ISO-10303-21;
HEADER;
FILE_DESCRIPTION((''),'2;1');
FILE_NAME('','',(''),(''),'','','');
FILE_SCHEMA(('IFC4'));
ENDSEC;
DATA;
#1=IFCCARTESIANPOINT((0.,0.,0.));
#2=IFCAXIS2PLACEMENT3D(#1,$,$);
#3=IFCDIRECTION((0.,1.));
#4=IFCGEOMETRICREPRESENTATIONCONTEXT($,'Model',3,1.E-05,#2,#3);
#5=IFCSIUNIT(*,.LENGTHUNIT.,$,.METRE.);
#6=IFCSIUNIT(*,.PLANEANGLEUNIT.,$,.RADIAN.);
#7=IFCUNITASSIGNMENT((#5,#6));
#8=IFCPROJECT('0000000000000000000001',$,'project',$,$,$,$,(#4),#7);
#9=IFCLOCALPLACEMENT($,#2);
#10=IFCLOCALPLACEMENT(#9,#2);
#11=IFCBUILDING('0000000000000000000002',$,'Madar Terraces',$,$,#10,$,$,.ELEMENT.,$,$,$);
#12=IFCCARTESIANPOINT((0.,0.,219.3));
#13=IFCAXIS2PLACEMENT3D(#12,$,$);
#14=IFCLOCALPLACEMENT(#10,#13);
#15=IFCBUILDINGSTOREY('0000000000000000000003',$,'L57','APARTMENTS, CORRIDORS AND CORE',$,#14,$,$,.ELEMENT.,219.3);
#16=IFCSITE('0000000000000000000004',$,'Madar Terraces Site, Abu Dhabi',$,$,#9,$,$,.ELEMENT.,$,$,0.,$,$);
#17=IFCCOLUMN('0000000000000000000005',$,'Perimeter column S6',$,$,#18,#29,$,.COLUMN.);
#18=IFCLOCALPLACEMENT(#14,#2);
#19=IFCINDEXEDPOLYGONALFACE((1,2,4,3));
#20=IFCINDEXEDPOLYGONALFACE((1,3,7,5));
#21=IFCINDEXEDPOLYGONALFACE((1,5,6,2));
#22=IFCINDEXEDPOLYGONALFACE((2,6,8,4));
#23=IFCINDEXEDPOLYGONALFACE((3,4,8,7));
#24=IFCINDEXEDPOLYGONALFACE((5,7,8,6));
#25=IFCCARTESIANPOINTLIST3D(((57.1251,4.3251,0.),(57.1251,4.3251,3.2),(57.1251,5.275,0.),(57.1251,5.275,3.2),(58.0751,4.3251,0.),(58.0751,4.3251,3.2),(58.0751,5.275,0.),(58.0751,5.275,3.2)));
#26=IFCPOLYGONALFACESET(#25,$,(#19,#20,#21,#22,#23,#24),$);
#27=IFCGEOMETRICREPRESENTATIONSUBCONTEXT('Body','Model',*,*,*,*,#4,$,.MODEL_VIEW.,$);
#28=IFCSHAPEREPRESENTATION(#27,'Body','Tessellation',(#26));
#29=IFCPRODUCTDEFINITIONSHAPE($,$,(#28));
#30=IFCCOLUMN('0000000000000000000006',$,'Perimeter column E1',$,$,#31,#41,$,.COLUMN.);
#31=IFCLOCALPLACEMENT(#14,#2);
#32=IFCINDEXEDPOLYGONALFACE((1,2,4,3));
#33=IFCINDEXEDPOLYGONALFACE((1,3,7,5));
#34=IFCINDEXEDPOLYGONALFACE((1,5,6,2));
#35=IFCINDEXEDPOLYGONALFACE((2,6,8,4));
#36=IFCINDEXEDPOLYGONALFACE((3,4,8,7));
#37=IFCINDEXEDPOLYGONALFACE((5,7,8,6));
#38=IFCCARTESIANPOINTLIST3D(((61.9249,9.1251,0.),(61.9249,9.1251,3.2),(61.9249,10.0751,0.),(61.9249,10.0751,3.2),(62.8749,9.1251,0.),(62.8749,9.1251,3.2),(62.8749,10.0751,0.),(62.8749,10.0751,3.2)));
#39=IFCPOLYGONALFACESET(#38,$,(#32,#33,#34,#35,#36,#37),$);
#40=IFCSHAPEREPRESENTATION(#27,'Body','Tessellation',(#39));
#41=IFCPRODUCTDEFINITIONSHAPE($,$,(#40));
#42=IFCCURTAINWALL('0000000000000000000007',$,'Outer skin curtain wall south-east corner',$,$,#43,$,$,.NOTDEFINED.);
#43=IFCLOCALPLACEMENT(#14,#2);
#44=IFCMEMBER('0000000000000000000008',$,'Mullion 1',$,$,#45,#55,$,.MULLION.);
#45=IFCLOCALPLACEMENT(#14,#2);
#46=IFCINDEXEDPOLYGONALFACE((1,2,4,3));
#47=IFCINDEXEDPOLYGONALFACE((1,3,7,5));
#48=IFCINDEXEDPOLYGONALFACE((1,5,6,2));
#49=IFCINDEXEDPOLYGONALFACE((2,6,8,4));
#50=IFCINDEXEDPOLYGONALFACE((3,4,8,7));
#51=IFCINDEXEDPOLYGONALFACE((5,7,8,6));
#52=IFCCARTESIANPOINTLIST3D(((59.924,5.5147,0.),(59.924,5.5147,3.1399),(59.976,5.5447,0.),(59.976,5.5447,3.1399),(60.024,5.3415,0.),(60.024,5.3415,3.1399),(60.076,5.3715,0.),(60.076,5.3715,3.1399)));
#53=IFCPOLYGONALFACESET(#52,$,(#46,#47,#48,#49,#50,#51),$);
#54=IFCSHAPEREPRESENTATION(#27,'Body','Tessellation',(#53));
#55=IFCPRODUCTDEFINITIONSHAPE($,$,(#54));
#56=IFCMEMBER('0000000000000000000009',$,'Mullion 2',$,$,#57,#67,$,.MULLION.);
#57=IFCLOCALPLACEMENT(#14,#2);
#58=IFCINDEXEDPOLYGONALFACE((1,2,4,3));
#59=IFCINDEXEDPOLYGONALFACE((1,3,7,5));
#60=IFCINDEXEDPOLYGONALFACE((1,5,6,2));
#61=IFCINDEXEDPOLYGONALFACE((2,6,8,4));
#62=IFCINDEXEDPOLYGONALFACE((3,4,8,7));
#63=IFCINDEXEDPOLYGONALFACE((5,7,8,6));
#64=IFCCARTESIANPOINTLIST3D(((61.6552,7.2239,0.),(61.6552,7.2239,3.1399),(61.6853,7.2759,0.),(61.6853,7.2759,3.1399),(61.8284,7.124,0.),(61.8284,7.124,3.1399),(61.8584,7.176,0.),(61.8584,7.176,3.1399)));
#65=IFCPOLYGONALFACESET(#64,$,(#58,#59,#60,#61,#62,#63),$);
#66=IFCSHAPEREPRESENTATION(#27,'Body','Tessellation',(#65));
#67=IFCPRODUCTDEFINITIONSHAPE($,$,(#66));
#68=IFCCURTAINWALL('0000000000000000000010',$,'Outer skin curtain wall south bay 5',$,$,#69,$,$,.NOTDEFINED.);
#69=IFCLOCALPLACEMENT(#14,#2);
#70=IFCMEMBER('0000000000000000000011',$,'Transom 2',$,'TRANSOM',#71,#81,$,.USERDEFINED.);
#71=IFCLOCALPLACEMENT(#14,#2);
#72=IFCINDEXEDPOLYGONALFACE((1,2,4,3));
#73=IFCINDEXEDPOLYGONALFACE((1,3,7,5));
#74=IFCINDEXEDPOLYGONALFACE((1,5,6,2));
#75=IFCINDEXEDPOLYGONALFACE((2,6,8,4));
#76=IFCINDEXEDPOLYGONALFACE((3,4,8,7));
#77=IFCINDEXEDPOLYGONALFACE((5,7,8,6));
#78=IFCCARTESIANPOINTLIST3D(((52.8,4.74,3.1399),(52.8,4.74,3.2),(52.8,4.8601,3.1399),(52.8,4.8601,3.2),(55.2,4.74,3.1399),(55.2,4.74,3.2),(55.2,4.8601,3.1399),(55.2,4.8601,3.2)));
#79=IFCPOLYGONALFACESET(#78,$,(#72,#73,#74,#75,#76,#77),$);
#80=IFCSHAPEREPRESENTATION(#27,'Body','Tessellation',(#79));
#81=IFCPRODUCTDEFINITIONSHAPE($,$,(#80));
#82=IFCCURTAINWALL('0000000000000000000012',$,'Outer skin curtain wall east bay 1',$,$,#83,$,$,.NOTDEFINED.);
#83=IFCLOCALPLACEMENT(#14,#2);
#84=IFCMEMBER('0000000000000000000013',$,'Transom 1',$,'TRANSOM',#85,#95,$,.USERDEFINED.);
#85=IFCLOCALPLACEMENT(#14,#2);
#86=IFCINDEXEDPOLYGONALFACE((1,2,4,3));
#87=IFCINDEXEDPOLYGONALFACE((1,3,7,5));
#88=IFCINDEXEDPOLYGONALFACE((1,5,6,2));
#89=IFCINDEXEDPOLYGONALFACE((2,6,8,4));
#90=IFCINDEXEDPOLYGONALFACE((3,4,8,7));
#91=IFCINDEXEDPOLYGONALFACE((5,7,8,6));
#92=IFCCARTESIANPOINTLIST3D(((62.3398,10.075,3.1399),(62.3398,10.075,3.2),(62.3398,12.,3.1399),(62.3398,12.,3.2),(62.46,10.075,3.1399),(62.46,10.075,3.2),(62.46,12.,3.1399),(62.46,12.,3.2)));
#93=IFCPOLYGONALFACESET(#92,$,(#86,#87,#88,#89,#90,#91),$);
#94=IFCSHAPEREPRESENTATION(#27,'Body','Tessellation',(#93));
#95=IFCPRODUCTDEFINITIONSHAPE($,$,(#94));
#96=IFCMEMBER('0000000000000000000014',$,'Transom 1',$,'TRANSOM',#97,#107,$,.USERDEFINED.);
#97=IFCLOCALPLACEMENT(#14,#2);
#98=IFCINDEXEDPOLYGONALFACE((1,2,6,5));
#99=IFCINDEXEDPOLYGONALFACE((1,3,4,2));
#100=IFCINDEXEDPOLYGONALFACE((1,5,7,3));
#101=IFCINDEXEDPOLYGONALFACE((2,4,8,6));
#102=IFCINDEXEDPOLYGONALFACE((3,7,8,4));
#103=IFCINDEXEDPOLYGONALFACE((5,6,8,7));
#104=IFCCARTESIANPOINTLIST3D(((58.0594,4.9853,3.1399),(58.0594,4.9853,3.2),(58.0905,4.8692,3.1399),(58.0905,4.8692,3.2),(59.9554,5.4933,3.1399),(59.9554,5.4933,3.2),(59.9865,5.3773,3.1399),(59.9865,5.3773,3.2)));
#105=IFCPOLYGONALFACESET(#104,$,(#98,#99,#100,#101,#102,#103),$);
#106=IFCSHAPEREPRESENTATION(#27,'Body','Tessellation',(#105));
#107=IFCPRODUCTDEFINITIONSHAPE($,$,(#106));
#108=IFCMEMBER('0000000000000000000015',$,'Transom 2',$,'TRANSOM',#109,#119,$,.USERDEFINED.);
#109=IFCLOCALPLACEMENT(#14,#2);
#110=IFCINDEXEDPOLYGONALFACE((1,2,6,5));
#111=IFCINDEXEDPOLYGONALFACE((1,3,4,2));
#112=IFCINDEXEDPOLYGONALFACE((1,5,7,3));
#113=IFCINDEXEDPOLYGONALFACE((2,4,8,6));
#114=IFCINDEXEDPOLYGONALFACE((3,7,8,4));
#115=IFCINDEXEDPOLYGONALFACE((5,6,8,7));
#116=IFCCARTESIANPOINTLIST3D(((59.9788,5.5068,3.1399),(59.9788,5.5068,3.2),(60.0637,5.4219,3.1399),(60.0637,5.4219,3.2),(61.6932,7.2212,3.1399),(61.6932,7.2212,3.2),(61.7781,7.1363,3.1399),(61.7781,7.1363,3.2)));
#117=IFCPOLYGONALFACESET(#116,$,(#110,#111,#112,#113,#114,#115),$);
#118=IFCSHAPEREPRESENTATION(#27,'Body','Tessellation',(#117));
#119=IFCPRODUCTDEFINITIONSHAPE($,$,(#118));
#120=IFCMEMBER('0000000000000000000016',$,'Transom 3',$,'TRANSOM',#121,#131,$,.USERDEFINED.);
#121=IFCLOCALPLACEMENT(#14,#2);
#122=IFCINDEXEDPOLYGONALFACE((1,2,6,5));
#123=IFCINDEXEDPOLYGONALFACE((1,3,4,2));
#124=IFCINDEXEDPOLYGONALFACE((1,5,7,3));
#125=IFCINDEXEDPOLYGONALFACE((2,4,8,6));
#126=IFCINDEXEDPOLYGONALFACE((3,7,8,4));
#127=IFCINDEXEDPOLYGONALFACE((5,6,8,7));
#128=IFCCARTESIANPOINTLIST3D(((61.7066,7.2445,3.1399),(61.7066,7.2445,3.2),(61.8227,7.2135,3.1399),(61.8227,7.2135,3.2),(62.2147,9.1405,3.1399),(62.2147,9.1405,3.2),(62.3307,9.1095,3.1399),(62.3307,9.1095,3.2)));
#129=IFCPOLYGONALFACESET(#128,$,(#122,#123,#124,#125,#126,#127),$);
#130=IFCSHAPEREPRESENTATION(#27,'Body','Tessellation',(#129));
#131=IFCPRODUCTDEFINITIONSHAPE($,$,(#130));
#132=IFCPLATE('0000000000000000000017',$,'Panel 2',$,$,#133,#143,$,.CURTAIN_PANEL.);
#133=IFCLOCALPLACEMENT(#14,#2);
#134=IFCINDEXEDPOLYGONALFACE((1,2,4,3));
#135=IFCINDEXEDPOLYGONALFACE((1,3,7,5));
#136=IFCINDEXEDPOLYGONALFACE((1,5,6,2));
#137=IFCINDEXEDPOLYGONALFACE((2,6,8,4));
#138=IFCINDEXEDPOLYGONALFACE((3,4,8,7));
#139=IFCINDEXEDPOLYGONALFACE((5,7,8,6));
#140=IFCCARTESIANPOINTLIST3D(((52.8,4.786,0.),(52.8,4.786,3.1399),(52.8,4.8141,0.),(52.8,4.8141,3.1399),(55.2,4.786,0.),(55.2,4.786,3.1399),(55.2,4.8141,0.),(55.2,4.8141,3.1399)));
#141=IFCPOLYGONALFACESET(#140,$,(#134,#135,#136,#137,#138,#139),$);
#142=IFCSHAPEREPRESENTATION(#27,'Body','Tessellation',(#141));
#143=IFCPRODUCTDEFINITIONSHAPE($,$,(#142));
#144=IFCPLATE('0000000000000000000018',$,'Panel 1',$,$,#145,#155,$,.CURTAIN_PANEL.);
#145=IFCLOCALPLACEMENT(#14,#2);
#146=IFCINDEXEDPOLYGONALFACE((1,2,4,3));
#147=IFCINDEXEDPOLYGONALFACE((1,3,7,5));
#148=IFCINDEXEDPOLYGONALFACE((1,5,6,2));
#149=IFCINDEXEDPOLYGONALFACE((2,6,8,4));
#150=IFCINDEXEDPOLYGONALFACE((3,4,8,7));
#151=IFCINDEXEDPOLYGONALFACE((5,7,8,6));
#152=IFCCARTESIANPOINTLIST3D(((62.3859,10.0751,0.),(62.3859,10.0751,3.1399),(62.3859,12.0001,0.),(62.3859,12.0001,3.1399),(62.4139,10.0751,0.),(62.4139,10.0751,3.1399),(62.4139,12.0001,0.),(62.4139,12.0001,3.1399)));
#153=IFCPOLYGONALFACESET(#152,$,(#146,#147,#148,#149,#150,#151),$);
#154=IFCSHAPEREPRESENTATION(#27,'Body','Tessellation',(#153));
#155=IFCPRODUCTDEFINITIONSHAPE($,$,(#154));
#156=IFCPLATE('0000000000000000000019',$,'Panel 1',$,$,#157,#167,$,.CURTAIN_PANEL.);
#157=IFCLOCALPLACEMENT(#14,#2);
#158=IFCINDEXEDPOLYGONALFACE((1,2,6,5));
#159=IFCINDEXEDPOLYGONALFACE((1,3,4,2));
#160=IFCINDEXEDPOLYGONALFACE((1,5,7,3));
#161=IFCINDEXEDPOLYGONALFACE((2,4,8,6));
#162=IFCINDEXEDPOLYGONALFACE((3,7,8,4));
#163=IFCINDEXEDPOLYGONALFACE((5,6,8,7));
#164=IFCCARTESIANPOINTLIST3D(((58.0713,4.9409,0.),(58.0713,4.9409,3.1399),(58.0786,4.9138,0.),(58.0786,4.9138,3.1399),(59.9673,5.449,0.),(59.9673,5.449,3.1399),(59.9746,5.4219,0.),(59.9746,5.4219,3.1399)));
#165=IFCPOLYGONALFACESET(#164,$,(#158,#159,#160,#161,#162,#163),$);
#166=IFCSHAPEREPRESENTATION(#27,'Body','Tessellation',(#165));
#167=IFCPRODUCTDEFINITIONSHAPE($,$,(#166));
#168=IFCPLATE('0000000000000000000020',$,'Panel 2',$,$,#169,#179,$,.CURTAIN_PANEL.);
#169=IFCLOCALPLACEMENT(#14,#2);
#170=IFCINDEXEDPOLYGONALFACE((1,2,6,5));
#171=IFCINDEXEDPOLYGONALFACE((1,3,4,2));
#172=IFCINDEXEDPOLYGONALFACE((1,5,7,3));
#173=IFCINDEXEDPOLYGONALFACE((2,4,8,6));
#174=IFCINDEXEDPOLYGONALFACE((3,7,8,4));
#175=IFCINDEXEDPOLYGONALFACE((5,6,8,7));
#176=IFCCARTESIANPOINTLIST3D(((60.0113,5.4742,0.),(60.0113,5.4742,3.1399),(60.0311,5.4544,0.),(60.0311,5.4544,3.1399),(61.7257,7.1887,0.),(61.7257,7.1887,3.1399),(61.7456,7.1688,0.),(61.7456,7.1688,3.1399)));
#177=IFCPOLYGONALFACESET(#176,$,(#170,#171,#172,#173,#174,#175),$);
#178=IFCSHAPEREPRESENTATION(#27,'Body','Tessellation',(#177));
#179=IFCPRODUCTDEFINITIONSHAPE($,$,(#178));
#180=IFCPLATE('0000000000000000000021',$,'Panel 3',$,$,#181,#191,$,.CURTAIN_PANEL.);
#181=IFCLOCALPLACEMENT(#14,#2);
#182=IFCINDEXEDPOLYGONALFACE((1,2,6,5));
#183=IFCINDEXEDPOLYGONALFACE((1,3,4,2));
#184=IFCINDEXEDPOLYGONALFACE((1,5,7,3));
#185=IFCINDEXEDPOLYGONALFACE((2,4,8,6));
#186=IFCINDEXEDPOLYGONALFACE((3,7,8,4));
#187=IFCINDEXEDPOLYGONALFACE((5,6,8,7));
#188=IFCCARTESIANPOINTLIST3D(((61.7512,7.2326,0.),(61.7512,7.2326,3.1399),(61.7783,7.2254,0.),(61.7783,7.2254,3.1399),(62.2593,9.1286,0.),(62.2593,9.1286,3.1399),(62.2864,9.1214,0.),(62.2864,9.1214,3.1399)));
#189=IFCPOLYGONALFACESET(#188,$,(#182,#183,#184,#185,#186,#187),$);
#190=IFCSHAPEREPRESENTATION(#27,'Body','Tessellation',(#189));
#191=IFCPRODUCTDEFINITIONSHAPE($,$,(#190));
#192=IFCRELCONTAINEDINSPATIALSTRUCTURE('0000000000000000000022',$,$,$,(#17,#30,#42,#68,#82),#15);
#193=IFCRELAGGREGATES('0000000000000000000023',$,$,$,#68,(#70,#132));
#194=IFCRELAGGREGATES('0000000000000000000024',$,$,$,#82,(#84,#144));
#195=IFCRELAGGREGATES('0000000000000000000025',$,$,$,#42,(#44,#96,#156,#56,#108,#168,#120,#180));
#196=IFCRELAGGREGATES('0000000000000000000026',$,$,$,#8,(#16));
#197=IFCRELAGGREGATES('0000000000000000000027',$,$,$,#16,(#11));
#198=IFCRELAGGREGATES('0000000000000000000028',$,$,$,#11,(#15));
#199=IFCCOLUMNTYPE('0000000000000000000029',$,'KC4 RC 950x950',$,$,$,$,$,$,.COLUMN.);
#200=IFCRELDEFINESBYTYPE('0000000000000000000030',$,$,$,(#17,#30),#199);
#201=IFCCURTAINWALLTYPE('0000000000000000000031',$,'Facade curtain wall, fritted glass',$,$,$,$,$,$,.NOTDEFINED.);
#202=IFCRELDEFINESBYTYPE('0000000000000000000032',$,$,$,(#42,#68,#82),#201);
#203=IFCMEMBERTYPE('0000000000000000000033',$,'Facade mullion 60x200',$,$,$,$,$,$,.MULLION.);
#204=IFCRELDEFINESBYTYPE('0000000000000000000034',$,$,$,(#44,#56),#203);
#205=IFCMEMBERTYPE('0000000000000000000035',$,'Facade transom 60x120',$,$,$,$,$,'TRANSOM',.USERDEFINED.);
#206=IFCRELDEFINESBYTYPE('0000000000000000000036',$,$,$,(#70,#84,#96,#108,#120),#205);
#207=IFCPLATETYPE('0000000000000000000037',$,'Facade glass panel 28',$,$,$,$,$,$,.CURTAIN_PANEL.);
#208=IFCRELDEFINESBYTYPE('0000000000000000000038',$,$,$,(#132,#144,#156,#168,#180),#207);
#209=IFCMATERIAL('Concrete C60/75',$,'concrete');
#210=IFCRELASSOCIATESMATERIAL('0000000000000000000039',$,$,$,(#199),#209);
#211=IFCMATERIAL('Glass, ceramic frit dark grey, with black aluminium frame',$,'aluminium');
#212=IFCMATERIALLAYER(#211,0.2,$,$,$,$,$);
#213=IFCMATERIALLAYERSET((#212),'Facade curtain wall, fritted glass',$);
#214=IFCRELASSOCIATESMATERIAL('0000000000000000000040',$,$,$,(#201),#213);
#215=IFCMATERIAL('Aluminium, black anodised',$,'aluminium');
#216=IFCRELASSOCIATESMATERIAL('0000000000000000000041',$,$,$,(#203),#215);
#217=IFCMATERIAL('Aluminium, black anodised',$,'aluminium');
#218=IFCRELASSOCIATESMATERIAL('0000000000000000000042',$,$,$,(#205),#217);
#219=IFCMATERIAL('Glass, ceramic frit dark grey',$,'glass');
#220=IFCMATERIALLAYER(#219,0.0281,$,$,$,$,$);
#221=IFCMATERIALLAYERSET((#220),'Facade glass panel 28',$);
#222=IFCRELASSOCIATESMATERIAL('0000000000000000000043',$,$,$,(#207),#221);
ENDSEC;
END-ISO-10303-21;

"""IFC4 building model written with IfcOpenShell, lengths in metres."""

from ifc_helpers import new_model, si_unit, direction, frame, origin, origin_2d, place, context, subcontext, project, spatial, rectangle, extrude, material, layer, layer_set, material_profile, profile_set, type_object, element, aggregate, save


model = new_model("IFC4")

# Units and contexts
model_context = context("Model", 3, precision=1e-05, world=origin(), true_north=direction((0.0, 1.0)))
body_context = subcontext(model_context, "Body", "Model", "MODEL_VIEW")
ifc_project = project(units=[si_unit("LENGTHUNIT", "METRE"), si_unit("PLANEANGLEUNIT", "RADIAN")], contexts=[model_context])

# Site, building, storey
site_placement = place(None, origin())
site = spatial("IfcSite", under=ifc_project, at=site_placement, Name="Madar Terraces Site, Abu Dhabi", CompositionType="ELEMENT", RefElevation=0.0)
building_placement = place(site_placement, origin())
building = spatial("IfcBuilding", under=site, at=building_placement, Name="Madar Terraces", CompositionType="ELEMENT")
storey_placement = place(building_placement, frame((0.0, 0.0, 219.3)))
storey = spatial("IfcBuildingStorey", under=building, at=storey_placement, Name="L57", Description="APARTMENTS, CORRIDORS AND CORE", CompositionType="ELEMENT", Elevation=219.3)

# Columns
ifc_material_1 = material(Name="Concrete C60/75", Category="concrete")
ifc_material_profile_1 = material_profile(ifc_material_1, rectangle(XDim=0.95, YDim=0.95, at=origin_2d()), Name="KC4 RC 950x950")
ifc_profile_set_1 = profile_set([ifc_material_profile_1], Name="Concrete C60/75")
column_type = type_object("IfcColumnType", Name="KC4 RC 950x950", PredefinedType="COLUMN", material=ifc_profile_set_1)
for number, where, z_axis, x_axis, name in (
    (1, (57.6001, 4.8, 0.0), (0.0, 0.0, 1.0), (1.0, 0.0, 0.0), "Perimeter column S6"),
    (2, (62.3999, 9.6001, 0.0), (0.0, 0.0, 1.0), (1.0, 0.0, 0.0), "Perimeter column E1"),
):
    element("IfcColumn", number, at=place(storey_placement, frame(where, z_axis=z_axis, x_axis=x_axis)), inside=storey, type_object=column_type, Name=name, PredefinedType="COLUMN", context=body_context, shape_type="SweptSolid", body=[
        extrude(rectangle(XDim=0.95, YDim=0.95, at=origin_2d()), origin(), (0.0, 0.0, 1.0), 3.2),
    ])

# Curtain wall, members
ifc_material_2 = material(Name="Glass, ceramic frit dark grey, with black aluminium frame", Category="aluminium")
ifc_layer_1 = layer(ifc_material_2, 0.2)
ifc_layer_set_1 = layer_set([ifc_layer_1], Name="Facade curtain wall, fritted glass")
curtain_wall_type = type_object("IfcCurtainWallType", Name="Facade curtain wall, fritted glass", PredefinedType="NOTDEFINED", material=ifc_layer_set_1)
curtain_wall_1_placement = place(storey_placement, origin())
curtain_wall_1 = element("IfcCurtainWall", 3, at=curtain_wall_1_placement, inside=storey, type_object=curtain_wall_type, Name="Outer skin curtain wall south-east corner", PredefinedType="NOTDEFINED")
ifc_material_3 = material(Name="Aluminium, black anodised", Category="aluminium")
ifc_material_profile_2 = material_profile(ifc_material_3, rectangle(XDim=0.2, YDim=0.0601, at=origin_2d()), Name="Facade mullion 60x200")
ifc_profile_set_2 = profile_set([ifc_material_profile_2], Name="Aluminium, black anodised")
member_type_1 = type_object("IfcMemberType", Name="Facade mullion 60x200", PredefinedType="MULLION", material=ifc_profile_set_2)
member_1_placement = place(storey_placement, frame((60.0, 5.4431, 0.0), z_axis=(0.0, 0.0, 1.0), x_axis=(-0.5, 0.866025, 0.0)))
member_1 = element("IfcMember", 4, at=member_1_placement, type_object=member_type_1, Name="Mullion 1", PredefinedType="MULLION", context=body_context, shape_type="SweptSolid", body=[
    extrude(rectangle(XDim=0.2, YDim=0.0601, at=origin_2d()), origin(), (0.0, 0.0, 1.0), 3.1399),
])
member_2_placement = place(storey_placement, frame((61.7568, 7.2, 0.0), z_axis=(0.0, 0.0, 1.0), x_axis=(-0.866025, 0.5, 0.0)))
member_2 = element("IfcMember", 5, at=member_2_placement, type_object=member_type_1, Name="Mullion 2", PredefinedType="MULLION", context=body_context, shape_type="SweptSolid", body=[
    extrude(rectangle(XDim=0.2, YDim=0.0601, at=origin_2d()), origin(), (0.0, 0.0, 1.0), 3.1399),
])

# Curtain walls, members
curtain_wall_2_placement = place(storey_placement, origin())
curtain_wall_2 = element("IfcCurtainWall", 6, at=curtain_wall_2_placement, inside=storey, type_object=curtain_wall_type, Name="Outer skin curtain wall south bay 5", PredefinedType="NOTDEFINED")
ifc_material_4 = material(Name="Aluminium, black anodised", Category="aluminium")
ifc_material_profile_3 = material_profile(ifc_material_4, rectangle(XDim=0.1201, YDim=0.0601, at=origin_2d()), Name="Facade transom 60x120")
ifc_profile_set_3 = profile_set([ifc_material_profile_3], Name="Aluminium, black anodised")
member_type_2 = type_object("IfcMemberType", Name="Facade transom 60x120", ElementType="TRANSOM", PredefinedType="USERDEFINED", material=ifc_profile_set_3)
member_3_placement = place(storey_placement, frame((52.8, 4.8, 3.1699), z_axis=(1.0, 0.0, 0.0), x_axis=(0.0, 1.0, 0.0)))
member_3 = element("IfcMember", 7, at=member_3_placement, type_object=member_type_2, Name="Transom 2", ObjectType="TRANSOM", PredefinedType="USERDEFINED", context=body_context, shape_type="SweptSolid", body=[
    extrude(rectangle(XDim=0.1201, YDim=0.0601, at=origin_2d()), origin(), (0.0, 0.0, 1.0), 2.3999),
])
curtain_wall_3_placement = place(storey_placement, origin())
curtain_wall_3 = element("IfcCurtainWall", 8, at=curtain_wall_3_placement, inside=storey, type_object=curtain_wall_type, Name="Outer skin curtain wall east bay 1", PredefinedType="NOTDEFINED")
member_4_placement = place(storey_placement, frame((62.3999, 10.075, 3.1699), z_axis=(0.0, 1.0, 0.0), x_axis=(-1.0, 0.0, 0.0)))
member_4 = element("IfcMember", 9, at=member_4_placement, type_object=member_type_2, Name="Transom 1", ObjectType="TRANSOM", PredefinedType="USERDEFINED", context=body_context, shape_type="SweptSolid", body=[
    extrude(rectangle(XDim=0.1201, YDim=0.0601, at=origin_2d()), origin(), (0.0, 0.0, 1.0), 1.925),
])

# Members
member_5_placement = place(storey_placement, frame((58.075, 4.9272, 3.1699), z_axis=(0.965923, 0.258831, 0.0), x_axis=(-0.258831, 0.965923, 0.0)))
member_5 = element("IfcMember", 10, at=member_5_placement, type_object=member_type_2, Name="Transom 1", ObjectType="TRANSOM", PredefinedType="USERDEFINED", context=body_context, shape_type="SweptSolid", body=[
    extrude(rectangle(XDim=0.1201, YDim=0.0601, at=origin_2d()), origin(), (0.0, 0.0, 1.0), 1.9629),
])
member_6_placement = place(storey_placement, frame((60.0212, 5.4644, 3.1699), z_axis=(0.707107, 0.707107, 0.0), x_axis=(-0.707107, 0.707107, 0.0)))
member_6 = element("IfcMember", 11, at=member_6_placement, type_object=member_type_2, Name="Transom 2", ObjectType="TRANSOM", PredefinedType="USERDEFINED", context=body_context, shape_type="SweptSolid", body=[
    extrude(rectangle(XDim=0.1201, YDim=0.0601, at=origin_2d()), origin(), (0.0, 0.0, 1.0), 2.4246),
])
member_7_placement = place(storey_placement, frame((61.7646, 7.229, 3.1699), z_axis=(0.258831, 0.965923, 0.0), x_axis=(-0.965923, 0.258831, 0.0)))
member_7 = element("IfcMember", 12, at=member_7_placement, type_object=member_type_2, Name="Transom 3", ObjectType="TRANSOM", PredefinedType="USERDEFINED", context=body_context, shape_type="SweptSolid", body=[
    extrude(rectangle(XDim=0.1201, YDim=0.0601, at=origin_2d()), origin(), (0.0, 0.0, 1.0), 1.9629),
])

# Plates
ifc_material_5 = material(Name="Glass, ceramic frit dark grey", Category="glass")
ifc_layer_2 = layer(ifc_material_5, 0.0281)
ifc_layer_set_2 = layer_set([ifc_layer_2], Name="Facade glass panel 28")
plate_type = type_object("IfcPlateType", Name="Facade glass panel 28", PredefinedType="CURTAIN_PANEL", material=ifc_layer_set_2)
plate_1_placement = place(storey_placement, frame((54.0, 4.8, 0.0), z_axis=(0.0, 0.0, 1.0), x_axis=(1.0, 0.0, 0.0)))
plate_1 = element("IfcPlate", 13, at=plate_1_placement, type_object=plate_type, Name="Panel 2", PredefinedType="CURTAIN_PANEL", context=body_context, shape_type="SweptSolid", body=[
    extrude(rectangle(XDim=2.3999, YDim=0.0281, at=origin_2d()), origin(), (0.0, 0.0, 1.0), 3.1399),
])
aggregate(curtain_wall_2, [member_3, plate_1])
plate_2_placement = place(storey_placement, frame((62.3999, 11.0376, 0.0), z_axis=(0.0, 0.0, 1.0), x_axis=(0.0, 1.0, 0.0)))
plate_2 = element("IfcPlate", 14, at=plate_2_placement, type_object=plate_type, Name="Panel 1", PredefinedType="CURTAIN_PANEL", context=body_context, shape_type="SweptSolid", body=[
    extrude(rectangle(XDim=1.925, YDim=0.0281, at=origin_2d()), origin(), (0.0, 0.0, 1.0), 3.1399),
])
aggregate(curtain_wall_3, [member_4, plate_2])
plate_3_placement = place(storey_placement, frame((59.0229, 5.1814, 0.0), z_axis=(0.0, 0.0, 1.0), x_axis=(0.965926, 0.258819, 0.0)))
plate_3 = element("IfcPlate", 15, at=plate_3_placement, type_object=plate_type, Name="Panel 1", PredefinedType="CURTAIN_PANEL", context=body_context, shape_type="SweptSolid", body=[
    extrude(rectangle(XDim=1.9629, YDim=0.0281, at=origin_2d()), origin(), (0.0, 0.0, 1.0), 3.1399),
])
plate_4_placement = place(storey_placement, frame((60.8784, 6.3215, 0.0), z_axis=(0.0, 0.0, 1.0), x_axis=(0.707107, 0.707107, 0.0)))
plate_4 = element("IfcPlate", 16, at=plate_4_placement, type_object=plate_type, Name="Panel 2", PredefinedType="CURTAIN_PANEL", context=body_context, shape_type="SweptSolid", body=[
    extrude(rectangle(XDim=2.4246, YDim=0.0281, at=origin_2d()), origin(), (0.0, 0.0, 1.0), 3.1399),
])
plate_5_placement = place(storey_placement, frame((62.0188, 8.177, 0.0), z_axis=(0.0, 0.0, 1.0), x_axis=(0.258819, 0.965926, 0.0)))
plate_5 = element("IfcPlate", 17, at=plate_5_placement, type_object=plate_type, Name="Panel 3", PredefinedType="CURTAIN_PANEL", context=body_context, shape_type="SweptSolid", body=[
    extrude(rectangle(XDim=1.9629, YDim=0.0281, at=origin_2d()), origin(), (0.0, 0.0, 1.0), 3.1399),
])
aggregate(curtain_wall_1, [member_1, member_5, plate_3, member_2, member_6, plate_4, member_7, plate_5])

save(model, "model.ifc")
